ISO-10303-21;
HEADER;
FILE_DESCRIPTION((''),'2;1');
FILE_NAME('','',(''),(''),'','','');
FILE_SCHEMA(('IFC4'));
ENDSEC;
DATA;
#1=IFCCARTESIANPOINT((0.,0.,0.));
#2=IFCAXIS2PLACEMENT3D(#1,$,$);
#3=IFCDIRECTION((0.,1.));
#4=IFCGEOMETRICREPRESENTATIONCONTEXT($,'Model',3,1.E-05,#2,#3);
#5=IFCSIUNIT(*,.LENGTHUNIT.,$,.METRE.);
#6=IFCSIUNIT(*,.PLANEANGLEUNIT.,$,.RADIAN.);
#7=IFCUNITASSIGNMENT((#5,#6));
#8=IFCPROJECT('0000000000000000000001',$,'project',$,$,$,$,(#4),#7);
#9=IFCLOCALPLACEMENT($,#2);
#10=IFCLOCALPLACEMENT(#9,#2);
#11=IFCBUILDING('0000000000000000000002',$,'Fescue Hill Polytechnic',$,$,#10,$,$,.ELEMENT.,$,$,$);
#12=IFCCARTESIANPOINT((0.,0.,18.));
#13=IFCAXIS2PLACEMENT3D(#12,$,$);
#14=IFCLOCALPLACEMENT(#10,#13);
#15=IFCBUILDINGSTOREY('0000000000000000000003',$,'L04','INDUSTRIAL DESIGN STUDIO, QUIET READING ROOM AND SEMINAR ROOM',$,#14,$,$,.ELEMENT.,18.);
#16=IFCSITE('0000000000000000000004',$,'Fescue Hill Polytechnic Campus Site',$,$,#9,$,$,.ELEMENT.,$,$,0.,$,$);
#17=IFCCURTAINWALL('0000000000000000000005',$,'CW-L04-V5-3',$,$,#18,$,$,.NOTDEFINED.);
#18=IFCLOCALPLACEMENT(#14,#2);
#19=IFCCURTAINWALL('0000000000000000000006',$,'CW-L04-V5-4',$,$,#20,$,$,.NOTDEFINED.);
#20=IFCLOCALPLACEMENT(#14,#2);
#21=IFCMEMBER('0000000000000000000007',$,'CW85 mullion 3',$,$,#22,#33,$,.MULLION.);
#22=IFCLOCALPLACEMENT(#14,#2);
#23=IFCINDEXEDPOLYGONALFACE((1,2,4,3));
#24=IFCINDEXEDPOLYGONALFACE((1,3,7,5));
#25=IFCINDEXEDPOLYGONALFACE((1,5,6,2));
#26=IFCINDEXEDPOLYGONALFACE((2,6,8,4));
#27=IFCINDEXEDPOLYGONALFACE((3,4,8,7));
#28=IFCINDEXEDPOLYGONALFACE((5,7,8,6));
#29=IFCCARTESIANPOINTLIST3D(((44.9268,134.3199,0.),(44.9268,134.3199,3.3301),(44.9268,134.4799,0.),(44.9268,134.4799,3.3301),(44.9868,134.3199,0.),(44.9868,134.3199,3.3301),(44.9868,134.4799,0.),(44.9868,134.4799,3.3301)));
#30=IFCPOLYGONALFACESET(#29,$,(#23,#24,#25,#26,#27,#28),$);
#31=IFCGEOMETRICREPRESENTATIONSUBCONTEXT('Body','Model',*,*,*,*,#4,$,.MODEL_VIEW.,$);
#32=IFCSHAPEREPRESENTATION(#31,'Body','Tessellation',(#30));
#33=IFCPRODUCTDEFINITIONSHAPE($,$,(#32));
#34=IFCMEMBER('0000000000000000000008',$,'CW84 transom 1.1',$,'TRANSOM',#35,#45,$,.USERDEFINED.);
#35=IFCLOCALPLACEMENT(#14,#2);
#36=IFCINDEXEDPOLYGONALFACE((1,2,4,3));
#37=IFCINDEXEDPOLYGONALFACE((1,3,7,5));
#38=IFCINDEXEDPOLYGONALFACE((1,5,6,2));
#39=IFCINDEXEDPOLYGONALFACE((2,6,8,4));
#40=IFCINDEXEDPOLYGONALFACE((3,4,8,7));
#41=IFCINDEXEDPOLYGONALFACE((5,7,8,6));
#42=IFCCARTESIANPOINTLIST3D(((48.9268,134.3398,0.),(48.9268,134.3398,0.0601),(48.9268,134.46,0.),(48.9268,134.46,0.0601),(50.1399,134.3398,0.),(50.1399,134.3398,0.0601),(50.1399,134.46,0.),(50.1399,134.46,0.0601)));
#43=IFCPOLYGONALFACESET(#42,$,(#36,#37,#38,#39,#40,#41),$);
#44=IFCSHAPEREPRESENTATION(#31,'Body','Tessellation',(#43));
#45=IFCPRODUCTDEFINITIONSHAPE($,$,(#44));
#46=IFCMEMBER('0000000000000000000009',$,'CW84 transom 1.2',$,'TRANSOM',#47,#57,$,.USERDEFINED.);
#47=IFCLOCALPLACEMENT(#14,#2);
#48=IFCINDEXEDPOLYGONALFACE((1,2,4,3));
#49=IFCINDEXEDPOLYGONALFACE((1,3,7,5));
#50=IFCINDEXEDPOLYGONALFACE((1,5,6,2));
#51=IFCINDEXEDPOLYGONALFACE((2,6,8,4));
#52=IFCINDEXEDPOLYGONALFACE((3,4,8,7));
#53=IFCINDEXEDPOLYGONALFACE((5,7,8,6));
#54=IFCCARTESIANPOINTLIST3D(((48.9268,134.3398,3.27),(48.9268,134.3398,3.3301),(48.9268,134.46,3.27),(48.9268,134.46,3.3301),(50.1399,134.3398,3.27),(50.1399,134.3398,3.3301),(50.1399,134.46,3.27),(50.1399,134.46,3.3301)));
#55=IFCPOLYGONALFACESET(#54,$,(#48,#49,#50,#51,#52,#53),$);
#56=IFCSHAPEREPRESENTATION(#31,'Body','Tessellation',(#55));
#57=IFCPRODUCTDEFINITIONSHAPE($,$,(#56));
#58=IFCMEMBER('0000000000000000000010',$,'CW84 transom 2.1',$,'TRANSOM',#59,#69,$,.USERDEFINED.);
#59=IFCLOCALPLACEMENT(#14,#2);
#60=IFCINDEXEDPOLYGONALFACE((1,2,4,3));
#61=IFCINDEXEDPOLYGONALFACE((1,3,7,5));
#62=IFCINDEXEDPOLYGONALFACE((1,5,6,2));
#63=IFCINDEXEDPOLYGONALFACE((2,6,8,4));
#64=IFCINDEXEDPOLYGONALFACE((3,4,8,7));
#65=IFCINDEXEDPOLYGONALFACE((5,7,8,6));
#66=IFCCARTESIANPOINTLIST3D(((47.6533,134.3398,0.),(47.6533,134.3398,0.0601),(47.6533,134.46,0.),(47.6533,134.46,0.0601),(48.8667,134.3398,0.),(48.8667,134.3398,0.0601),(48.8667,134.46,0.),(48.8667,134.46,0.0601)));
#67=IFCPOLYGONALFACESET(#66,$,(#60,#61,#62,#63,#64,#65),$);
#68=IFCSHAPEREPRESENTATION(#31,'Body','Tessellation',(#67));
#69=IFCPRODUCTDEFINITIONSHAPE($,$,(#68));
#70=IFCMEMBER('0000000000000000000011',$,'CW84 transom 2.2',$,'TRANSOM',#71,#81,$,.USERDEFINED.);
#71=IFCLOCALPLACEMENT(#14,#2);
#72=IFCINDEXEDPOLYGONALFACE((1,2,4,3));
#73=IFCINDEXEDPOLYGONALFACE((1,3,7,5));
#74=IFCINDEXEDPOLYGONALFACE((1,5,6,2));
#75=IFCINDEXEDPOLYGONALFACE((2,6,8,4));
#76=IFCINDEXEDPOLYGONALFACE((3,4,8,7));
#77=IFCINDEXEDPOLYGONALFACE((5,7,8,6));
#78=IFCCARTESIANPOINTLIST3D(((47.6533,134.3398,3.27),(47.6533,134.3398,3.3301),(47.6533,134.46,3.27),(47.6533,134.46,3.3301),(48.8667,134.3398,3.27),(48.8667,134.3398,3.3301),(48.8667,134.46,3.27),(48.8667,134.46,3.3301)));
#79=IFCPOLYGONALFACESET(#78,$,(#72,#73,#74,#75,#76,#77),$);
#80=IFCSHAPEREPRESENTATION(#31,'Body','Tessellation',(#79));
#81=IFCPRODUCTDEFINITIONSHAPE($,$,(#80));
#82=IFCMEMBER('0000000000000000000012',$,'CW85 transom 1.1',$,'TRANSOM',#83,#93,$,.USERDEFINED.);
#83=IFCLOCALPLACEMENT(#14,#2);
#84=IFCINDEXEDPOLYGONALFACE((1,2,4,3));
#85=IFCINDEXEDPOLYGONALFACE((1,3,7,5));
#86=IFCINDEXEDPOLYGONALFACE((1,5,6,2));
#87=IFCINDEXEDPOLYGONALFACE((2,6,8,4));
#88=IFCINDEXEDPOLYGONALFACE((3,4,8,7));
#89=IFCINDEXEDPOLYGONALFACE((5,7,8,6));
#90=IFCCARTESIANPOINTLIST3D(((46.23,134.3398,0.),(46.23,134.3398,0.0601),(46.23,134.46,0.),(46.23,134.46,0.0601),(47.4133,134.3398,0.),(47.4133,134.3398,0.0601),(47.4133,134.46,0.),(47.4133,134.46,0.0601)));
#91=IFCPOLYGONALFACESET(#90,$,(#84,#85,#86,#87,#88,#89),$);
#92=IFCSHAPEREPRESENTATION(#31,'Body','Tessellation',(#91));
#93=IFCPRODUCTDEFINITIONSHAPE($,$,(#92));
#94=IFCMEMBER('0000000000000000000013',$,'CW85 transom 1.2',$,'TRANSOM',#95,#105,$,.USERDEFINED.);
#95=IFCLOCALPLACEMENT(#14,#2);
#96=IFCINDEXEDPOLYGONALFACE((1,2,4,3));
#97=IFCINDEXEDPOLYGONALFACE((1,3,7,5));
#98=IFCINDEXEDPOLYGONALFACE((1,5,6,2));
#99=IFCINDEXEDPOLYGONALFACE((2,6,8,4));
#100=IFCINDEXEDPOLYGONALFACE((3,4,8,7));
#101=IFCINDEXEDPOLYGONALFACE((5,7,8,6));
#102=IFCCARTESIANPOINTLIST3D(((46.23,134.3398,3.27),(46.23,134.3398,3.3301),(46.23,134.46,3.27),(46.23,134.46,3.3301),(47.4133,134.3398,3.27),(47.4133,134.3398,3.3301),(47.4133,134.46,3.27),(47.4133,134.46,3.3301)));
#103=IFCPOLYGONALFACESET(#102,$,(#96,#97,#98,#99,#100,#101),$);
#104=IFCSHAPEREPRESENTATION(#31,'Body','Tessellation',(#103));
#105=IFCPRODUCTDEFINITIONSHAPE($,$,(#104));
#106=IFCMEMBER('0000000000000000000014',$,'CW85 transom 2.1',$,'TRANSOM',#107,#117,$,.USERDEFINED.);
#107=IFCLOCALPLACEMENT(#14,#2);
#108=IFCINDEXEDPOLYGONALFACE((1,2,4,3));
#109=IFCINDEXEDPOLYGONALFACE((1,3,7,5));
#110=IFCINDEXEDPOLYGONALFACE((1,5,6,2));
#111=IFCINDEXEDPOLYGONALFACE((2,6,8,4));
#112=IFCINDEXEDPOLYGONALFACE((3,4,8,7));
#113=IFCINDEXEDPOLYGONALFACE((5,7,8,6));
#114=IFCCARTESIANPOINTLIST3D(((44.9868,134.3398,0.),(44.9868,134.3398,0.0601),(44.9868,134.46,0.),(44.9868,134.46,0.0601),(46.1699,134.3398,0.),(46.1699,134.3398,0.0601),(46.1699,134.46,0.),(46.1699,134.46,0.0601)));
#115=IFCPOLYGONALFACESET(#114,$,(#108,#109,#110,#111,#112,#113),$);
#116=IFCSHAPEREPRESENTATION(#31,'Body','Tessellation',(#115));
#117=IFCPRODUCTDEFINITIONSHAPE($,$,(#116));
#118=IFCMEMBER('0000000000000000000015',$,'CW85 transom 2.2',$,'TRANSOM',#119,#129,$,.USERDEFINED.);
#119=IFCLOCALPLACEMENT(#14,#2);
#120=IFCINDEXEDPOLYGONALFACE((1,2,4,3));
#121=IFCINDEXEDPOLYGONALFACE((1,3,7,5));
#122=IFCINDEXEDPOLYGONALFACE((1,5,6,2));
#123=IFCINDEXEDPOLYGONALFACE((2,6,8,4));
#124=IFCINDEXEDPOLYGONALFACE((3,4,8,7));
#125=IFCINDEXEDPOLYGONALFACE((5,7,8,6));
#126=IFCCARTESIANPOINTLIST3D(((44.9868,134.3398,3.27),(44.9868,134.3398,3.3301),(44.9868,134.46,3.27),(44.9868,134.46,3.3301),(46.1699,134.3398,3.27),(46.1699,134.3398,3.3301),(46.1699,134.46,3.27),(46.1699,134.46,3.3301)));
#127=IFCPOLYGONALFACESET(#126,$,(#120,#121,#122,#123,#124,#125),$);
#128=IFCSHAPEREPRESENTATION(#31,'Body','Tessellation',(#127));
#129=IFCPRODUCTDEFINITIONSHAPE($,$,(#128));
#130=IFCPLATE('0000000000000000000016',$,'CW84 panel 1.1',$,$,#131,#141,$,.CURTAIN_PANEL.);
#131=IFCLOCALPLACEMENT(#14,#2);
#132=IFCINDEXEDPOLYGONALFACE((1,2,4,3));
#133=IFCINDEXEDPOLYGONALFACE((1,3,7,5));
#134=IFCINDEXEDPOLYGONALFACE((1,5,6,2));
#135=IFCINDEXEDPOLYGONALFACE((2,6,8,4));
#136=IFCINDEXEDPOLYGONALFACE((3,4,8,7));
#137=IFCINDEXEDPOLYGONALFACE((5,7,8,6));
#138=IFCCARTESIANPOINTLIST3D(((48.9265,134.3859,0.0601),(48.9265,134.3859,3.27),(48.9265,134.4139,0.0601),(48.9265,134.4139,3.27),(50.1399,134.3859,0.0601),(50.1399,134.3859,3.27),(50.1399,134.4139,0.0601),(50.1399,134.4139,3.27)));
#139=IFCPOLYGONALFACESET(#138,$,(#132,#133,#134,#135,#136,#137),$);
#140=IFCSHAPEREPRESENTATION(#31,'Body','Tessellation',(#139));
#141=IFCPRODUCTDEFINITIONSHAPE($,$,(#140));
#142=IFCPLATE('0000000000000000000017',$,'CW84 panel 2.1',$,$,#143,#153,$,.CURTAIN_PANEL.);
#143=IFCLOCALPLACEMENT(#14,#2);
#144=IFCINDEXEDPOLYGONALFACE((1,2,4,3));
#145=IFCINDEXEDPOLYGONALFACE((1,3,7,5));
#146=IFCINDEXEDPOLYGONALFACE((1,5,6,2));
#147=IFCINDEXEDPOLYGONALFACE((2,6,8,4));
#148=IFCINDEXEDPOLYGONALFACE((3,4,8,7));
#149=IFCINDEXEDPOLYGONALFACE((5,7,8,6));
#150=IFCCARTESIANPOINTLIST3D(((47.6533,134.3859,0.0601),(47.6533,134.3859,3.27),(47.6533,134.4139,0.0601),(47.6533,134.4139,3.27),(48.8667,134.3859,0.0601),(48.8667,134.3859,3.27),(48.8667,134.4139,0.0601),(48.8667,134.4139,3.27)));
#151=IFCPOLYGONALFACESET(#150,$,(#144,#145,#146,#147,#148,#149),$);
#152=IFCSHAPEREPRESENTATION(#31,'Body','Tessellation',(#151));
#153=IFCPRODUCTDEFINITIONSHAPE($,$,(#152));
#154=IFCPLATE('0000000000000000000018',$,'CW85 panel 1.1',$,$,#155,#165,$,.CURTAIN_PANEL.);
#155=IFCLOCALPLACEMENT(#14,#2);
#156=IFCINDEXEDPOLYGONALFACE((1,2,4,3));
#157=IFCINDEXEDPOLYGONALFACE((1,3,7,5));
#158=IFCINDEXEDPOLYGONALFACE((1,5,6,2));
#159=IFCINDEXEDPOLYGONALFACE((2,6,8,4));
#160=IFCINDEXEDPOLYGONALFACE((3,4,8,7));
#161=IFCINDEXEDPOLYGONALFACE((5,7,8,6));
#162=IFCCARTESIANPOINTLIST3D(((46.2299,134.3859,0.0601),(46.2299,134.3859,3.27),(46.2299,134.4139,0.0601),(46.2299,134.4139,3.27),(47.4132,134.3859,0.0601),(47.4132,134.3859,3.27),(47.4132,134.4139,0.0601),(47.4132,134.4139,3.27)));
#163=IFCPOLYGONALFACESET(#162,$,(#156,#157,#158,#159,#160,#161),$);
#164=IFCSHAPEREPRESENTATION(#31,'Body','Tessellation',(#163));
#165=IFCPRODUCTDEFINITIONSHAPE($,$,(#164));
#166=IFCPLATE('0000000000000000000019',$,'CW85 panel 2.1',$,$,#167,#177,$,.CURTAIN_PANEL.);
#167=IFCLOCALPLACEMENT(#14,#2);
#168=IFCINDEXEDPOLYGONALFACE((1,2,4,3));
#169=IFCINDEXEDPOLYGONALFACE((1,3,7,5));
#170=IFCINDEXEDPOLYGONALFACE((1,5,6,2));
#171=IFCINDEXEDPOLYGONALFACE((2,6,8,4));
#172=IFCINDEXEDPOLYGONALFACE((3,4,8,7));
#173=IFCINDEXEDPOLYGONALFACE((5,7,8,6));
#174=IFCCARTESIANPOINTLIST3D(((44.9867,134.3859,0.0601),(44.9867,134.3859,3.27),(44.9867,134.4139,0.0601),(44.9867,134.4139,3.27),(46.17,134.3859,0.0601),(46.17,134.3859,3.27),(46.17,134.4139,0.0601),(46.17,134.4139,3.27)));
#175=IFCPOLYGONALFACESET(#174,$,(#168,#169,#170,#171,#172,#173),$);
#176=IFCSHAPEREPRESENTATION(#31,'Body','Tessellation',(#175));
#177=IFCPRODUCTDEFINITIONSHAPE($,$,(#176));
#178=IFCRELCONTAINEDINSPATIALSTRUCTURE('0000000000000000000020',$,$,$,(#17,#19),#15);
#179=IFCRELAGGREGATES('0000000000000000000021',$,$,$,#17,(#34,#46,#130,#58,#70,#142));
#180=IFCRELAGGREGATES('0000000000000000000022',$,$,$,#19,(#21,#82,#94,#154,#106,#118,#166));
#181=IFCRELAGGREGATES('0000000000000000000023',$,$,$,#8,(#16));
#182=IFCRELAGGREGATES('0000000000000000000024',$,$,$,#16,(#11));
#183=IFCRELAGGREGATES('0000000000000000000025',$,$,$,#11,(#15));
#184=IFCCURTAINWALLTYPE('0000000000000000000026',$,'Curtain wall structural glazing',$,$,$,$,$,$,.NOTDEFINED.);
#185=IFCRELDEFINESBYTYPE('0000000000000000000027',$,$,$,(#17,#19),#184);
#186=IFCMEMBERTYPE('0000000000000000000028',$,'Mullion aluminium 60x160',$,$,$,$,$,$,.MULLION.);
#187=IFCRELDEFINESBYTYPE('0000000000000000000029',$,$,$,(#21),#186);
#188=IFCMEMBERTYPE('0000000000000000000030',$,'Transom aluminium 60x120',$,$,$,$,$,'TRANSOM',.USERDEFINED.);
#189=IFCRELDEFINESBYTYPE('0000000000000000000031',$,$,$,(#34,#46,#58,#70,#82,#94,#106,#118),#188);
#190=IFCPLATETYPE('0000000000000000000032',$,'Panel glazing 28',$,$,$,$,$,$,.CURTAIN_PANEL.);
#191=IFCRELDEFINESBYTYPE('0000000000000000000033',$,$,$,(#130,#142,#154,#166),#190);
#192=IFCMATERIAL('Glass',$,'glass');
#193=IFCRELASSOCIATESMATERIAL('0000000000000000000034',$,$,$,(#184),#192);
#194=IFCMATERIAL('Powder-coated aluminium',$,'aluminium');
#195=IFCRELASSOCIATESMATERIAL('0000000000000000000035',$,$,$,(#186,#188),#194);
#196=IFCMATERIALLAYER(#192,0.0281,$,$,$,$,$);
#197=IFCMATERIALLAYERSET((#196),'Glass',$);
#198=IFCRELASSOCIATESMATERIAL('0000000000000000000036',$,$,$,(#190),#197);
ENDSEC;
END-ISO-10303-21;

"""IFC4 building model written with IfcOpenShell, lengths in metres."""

from ifc_helpers import new_model, si_unit, direction, frame, origin, origin_2d, place, context, subcontext, project, spatial, rectangle, extrude, material, layer, layer_set, material_profile, profile_set, type_object, element, aggregate, save


model = new_model("IFC4")

# Units and contexts
model_context = context("Model", 3, precision=1e-05, world=origin(), true_north=direction((0.0, 1.0)))
body_context = subcontext(model_context, "Body", "Model", "MODEL_VIEW")
ifc_project = project(units=[si_unit("LENGTHUNIT", "METRE"), si_unit("PLANEANGLEUNIT", "RADIAN")], contexts=[model_context])

# Site, building, storey
site_placement = place(None, origin())
site = spatial("IfcSite", under=ifc_project, at=site_placement, Name="Fescue Hill Polytechnic Campus Site", CompositionType="ELEMENT", RefElevation=0.0)
building_placement = place(site_placement, origin())
building = spatial("IfcBuilding", under=site, at=building_placement, Name="Fescue Hill Polytechnic", CompositionType="ELEMENT")
storey_placement = place(building_placement, frame((0.0, 0.0, 18.0)))
storey = spatial("IfcBuildingStorey", under=building, at=storey_placement, Name="L04", Description="INDUSTRIAL DESIGN STUDIO, QUIET READING ROOM AND SEMINAR ROOM", CompositionType="ELEMENT", Elevation=18.0)

# Curtain walls, member
ifc_material_1 = material(Name="Glass", Category="glass")
curtain_wall_type = type_object("IfcCurtainWallType", Name="Curtain wall structural glazing", PredefinedType="NOTDEFINED", material=ifc_material_1)
curtain_wall_1_placement = place(storey_placement, origin())
curtain_wall_1 = element("IfcCurtainWall", 1, at=curtain_wall_1_placement, inside=storey, type_object=curtain_wall_type, Name="CW-L04-V5-3", PredefinedType="NOTDEFINED")
ifc_material_2 = material(Name="Powder-coated aluminium", Category="aluminium")
ifc_material_profile_1 = material_profile(ifc_material_2, rectangle(XDim=0.1599, YDim=0.0601, at=origin_2d()), Name="Mullion aluminium 60x160")
ifc_profile_set_1 = profile_set([ifc_material_profile_1], Name="Powder-coated aluminium")
member_type_1 = type_object("IfcMemberType", Name="Mullion aluminium 60x160", PredefinedType="MULLION", material=ifc_profile_set_1)
curtain_wall_2_placement = place(storey_placement, origin())
curtain_wall_2 = element("IfcCurtainWall", 2, at=curtain_wall_2_placement, inside=storey, type_object=curtain_wall_type, Name="CW-L04-V5-4", PredefinedType="NOTDEFINED")
member_1_placement = place(storey_placement, frame((44.9568, 134.3999, 0.0), z_axis=(0.0, 0.0, 1.0), x_axis=(0.0, -1.0, 0.0)))
member_1 = element("IfcMember", 3, at=member_1_placement, type_object=member_type_1, Name="CW85 mullion 3", PredefinedType="MULLION", context=body_context, shape_type="SweptSolid", body=[
    extrude(rectangle(XDim=0.1599, YDim=0.0601, at=origin_2d()), origin(), (0.0, 0.0, 1.0), 3.3301),
])

# Members
ifc_material_profile_2 = material_profile(ifc_material_2, rectangle(XDim=0.1201, YDim=0.0601, at=origin_2d()), Name="Transom aluminium 60x120")
ifc_profile_set_2 = profile_set([ifc_material_profile_2], Name="Powder-coated aluminium")
member_type_2 = type_object("IfcMemberType", Name="Transom aluminium 60x120", ElementType="TRANSOM", PredefinedType="USERDEFINED", material=ifc_profile_set_2)
member_2_placement = place(storey_placement, frame((50.1399, 134.3999, 0.03), z_axis=(-1.0, 0.0, 0.0), x_axis=(0.0, -1.0, 0.0)))
member_2 = element("IfcMember", 4, at=member_2_placement, type_object=member_type_2, Name="CW84 transom 1.1", ObjectType="TRANSOM", PredefinedType="USERDEFINED", context=body_context, shape_type="SweptSolid", body=[
    extrude(rectangle(XDim=0.1201, YDim=0.0601, at=origin_2d()), origin(), (0.0, 0.0, 1.0), 1.2131),
])
member_3_placement = place(storey_placement, frame((50.1399, 134.3999, 3.3), z_axis=(-1.0, 0.0, 0.0), x_axis=(0.0, -1.0, 0.0)))
member_3 = element("IfcMember", 5, at=member_3_placement, type_object=member_type_2, Name="CW84 transom 1.2", ObjectType="TRANSOM", PredefinedType="USERDEFINED", context=body_context, shape_type="SweptSolid", body=[
    extrude(rectangle(XDim=0.1201, YDim=0.0601, at=origin_2d()), origin(), (0.0, 0.0, 1.0), 1.2131),
])
member_4_placement = place(storey_placement, frame((48.8667, 134.3999, 0.03), z_axis=(-1.0, 0.0, 0.0), x_axis=(0.0, -1.0, 0.0)))
member_4 = element("IfcMember", 6, at=member_4_placement, type_object=member_type_2, Name="CW84 transom 2.1", ObjectType="TRANSOM", PredefinedType="USERDEFINED", context=body_context, shape_type="SweptSolid", body=[
    extrude(rectangle(XDim=0.1201, YDim=0.0601, at=origin_2d()), origin(), (0.0, 0.0, 1.0), 1.2134),
])
member_5_placement = place(storey_placement, frame((48.8667, 134.3999, 3.3), z_axis=(-1.0, 0.0, 0.0), x_axis=(0.0, -1.0, 0.0)))
member_5 = element("IfcMember", 7, at=member_5_placement, type_object=member_type_2, Name="CW84 transom 2.2", ObjectType="TRANSOM", PredefinedType="USERDEFINED", context=body_context, shape_type="SweptSolid", body=[
    extrude(rectangle(XDim=0.1201, YDim=0.0601, at=origin_2d()), origin(), (0.0, 0.0, 1.0), 1.2134),
])
member_6_placement = place(storey_placement, frame((47.4133, 134.3999, 0.03), z_axis=(-1.0, 0.0, 0.0), x_axis=(0.0, -1.0, 0.0)))
member_6 = element("IfcMember", 8, at=member_6_placement, type_object=member_type_2, Name="CW85 transom 1.1", ObjectType="TRANSOM", PredefinedType="USERDEFINED", context=body_context, shape_type="SweptSolid", body=[
    extrude(rectangle(XDim=0.1201, YDim=0.0601, at=origin_2d()), origin(), (0.0, 0.0, 1.0), 1.1833),
])
member_7_placement = place(storey_placement, frame((47.4133, 134.3999, 3.3), z_axis=(-1.0, 0.0, 0.0), x_axis=(0.0, -1.0, 0.0)))
member_7 = element("IfcMember", 9, at=member_7_placement, type_object=member_type_2, Name="CW85 transom 1.2", ObjectType="TRANSOM", PredefinedType="USERDEFINED", context=body_context, shape_type="SweptSolid", body=[
    extrude(rectangle(XDim=0.1201, YDim=0.0601, at=origin_2d()), origin(), (0.0, 0.0, 1.0), 1.1833),
])
member_8_placement = place(storey_placement, frame((46.1699, 134.3999, 0.03), z_axis=(-1.0, 0.0, 0.0), x_axis=(0.0, -1.0, 0.0)))
member_8 = element("IfcMember", 10, at=member_8_placement, type_object=member_type_2, Name="CW85 transom 2.1", ObjectType="TRANSOM", PredefinedType="USERDEFINED", context=body_context, shape_type="SweptSolid", body=[
    extrude(rectangle(XDim=0.1201, YDim=0.0601, at=origin_2d()), origin(), (0.0, 0.0, 1.0), 1.1831),
])
member_9_placement = place(storey_placement, frame((46.1699, 134.3999, 3.3), z_axis=(-1.0, 0.0, 0.0), x_axis=(0.0, -1.0, 0.0)))
member_9 = element("IfcMember", 11, at=member_9_placement, type_object=member_type_2, Name="CW85 transom 2.2", ObjectType="TRANSOM", PredefinedType="USERDEFINED", context=body_context, shape_type="SweptSolid", body=[
    extrude(rectangle(XDim=0.1201, YDim=0.0601, at=origin_2d()), origin(), (0.0, 0.0, 1.0), 1.1831),
])

# Plates
ifc_layer_1 = layer(ifc_material_1, 0.0281)
ifc_layer_set_1 = layer_set([ifc_layer_1], Name="Glass")
plate_type = type_object("IfcPlateType", Name="Panel glazing 28", PredefinedType="CURTAIN_PANEL", material=ifc_layer_set_1)
plate_1_placement = place(storey_placement, frame((49.5332, 134.3999, 0.0601), z_axis=(0.0, 0.0, 1.0), x_axis=(-1.0, 0.0, 0.0)))
plate_1 = element("IfcPlate", 12, at=plate_1_placement, type_object=plate_type, Name="CW84 panel 1.1", PredefinedType="CURTAIN_PANEL", context=body_context, shape_type="SweptSolid", body=[
    extrude(rectangle(XDim=1.2134, YDim=0.0281, at=origin_2d()), origin(), (0.0, 0.0, 1.0), 3.21),
])
plate_2_placement = place(storey_placement, frame((48.26, 134.3999, 0.0601), z_axis=(0.0, 0.0, 1.0), x_axis=(-1.0, 0.0, 0.0)))
plate_2 = element("IfcPlate", 13, at=plate_2_placement, type_object=plate_type, Name="CW84 panel 2.1", PredefinedType="CURTAIN_PANEL", context=body_context, shape_type="SweptSolid", body=[
    extrude(rectangle(XDim=1.2134, YDim=0.0281, at=origin_2d()), origin(), (0.0, 0.0, 1.0), 3.21),
])
aggregate(curtain_wall_1, [member_2, member_3, plate_1, member_4, member_5, plate_2])
plate_3_placement = place(storey_placement, frame((46.8215, 134.3999, 0.0601), z_axis=(0.0, 0.0, 1.0), x_axis=(-1.0, 0.0, 0.0)))
plate_3 = element("IfcPlate", 14, at=plate_3_placement, type_object=plate_type, Name="CW85 panel 1.1", PredefinedType="CURTAIN_PANEL", context=body_context, shape_type="SweptSolid", body=[
    extrude(rectangle(XDim=1.1833, YDim=0.0281, at=origin_2d()), origin(), (0.0, 0.0, 1.0), 3.21),
])
plate_4_placement = place(storey_placement, frame((45.5784, 134.3999, 0.0601), z_axis=(0.0, 0.0, 1.0), x_axis=(-1.0, 0.0, 0.0)))
plate_4 = element("IfcPlate", 15, at=plate_4_placement, type_object=plate_type, Name="CW85 panel 2.1", PredefinedType="CURTAIN_PANEL", context=body_context, shape_type="SweptSolid", body=[
    extrude(rectangle(XDim=1.1833, YDim=0.0281, at=origin_2d()), origin(), (0.0, 0.0, 1.0), 3.21),
])
aggregate(curtain_wall_2, [member_1, member_6, member_7, plate_3, member_8, member_9, plate_4])

save(model, "model.ifc")
